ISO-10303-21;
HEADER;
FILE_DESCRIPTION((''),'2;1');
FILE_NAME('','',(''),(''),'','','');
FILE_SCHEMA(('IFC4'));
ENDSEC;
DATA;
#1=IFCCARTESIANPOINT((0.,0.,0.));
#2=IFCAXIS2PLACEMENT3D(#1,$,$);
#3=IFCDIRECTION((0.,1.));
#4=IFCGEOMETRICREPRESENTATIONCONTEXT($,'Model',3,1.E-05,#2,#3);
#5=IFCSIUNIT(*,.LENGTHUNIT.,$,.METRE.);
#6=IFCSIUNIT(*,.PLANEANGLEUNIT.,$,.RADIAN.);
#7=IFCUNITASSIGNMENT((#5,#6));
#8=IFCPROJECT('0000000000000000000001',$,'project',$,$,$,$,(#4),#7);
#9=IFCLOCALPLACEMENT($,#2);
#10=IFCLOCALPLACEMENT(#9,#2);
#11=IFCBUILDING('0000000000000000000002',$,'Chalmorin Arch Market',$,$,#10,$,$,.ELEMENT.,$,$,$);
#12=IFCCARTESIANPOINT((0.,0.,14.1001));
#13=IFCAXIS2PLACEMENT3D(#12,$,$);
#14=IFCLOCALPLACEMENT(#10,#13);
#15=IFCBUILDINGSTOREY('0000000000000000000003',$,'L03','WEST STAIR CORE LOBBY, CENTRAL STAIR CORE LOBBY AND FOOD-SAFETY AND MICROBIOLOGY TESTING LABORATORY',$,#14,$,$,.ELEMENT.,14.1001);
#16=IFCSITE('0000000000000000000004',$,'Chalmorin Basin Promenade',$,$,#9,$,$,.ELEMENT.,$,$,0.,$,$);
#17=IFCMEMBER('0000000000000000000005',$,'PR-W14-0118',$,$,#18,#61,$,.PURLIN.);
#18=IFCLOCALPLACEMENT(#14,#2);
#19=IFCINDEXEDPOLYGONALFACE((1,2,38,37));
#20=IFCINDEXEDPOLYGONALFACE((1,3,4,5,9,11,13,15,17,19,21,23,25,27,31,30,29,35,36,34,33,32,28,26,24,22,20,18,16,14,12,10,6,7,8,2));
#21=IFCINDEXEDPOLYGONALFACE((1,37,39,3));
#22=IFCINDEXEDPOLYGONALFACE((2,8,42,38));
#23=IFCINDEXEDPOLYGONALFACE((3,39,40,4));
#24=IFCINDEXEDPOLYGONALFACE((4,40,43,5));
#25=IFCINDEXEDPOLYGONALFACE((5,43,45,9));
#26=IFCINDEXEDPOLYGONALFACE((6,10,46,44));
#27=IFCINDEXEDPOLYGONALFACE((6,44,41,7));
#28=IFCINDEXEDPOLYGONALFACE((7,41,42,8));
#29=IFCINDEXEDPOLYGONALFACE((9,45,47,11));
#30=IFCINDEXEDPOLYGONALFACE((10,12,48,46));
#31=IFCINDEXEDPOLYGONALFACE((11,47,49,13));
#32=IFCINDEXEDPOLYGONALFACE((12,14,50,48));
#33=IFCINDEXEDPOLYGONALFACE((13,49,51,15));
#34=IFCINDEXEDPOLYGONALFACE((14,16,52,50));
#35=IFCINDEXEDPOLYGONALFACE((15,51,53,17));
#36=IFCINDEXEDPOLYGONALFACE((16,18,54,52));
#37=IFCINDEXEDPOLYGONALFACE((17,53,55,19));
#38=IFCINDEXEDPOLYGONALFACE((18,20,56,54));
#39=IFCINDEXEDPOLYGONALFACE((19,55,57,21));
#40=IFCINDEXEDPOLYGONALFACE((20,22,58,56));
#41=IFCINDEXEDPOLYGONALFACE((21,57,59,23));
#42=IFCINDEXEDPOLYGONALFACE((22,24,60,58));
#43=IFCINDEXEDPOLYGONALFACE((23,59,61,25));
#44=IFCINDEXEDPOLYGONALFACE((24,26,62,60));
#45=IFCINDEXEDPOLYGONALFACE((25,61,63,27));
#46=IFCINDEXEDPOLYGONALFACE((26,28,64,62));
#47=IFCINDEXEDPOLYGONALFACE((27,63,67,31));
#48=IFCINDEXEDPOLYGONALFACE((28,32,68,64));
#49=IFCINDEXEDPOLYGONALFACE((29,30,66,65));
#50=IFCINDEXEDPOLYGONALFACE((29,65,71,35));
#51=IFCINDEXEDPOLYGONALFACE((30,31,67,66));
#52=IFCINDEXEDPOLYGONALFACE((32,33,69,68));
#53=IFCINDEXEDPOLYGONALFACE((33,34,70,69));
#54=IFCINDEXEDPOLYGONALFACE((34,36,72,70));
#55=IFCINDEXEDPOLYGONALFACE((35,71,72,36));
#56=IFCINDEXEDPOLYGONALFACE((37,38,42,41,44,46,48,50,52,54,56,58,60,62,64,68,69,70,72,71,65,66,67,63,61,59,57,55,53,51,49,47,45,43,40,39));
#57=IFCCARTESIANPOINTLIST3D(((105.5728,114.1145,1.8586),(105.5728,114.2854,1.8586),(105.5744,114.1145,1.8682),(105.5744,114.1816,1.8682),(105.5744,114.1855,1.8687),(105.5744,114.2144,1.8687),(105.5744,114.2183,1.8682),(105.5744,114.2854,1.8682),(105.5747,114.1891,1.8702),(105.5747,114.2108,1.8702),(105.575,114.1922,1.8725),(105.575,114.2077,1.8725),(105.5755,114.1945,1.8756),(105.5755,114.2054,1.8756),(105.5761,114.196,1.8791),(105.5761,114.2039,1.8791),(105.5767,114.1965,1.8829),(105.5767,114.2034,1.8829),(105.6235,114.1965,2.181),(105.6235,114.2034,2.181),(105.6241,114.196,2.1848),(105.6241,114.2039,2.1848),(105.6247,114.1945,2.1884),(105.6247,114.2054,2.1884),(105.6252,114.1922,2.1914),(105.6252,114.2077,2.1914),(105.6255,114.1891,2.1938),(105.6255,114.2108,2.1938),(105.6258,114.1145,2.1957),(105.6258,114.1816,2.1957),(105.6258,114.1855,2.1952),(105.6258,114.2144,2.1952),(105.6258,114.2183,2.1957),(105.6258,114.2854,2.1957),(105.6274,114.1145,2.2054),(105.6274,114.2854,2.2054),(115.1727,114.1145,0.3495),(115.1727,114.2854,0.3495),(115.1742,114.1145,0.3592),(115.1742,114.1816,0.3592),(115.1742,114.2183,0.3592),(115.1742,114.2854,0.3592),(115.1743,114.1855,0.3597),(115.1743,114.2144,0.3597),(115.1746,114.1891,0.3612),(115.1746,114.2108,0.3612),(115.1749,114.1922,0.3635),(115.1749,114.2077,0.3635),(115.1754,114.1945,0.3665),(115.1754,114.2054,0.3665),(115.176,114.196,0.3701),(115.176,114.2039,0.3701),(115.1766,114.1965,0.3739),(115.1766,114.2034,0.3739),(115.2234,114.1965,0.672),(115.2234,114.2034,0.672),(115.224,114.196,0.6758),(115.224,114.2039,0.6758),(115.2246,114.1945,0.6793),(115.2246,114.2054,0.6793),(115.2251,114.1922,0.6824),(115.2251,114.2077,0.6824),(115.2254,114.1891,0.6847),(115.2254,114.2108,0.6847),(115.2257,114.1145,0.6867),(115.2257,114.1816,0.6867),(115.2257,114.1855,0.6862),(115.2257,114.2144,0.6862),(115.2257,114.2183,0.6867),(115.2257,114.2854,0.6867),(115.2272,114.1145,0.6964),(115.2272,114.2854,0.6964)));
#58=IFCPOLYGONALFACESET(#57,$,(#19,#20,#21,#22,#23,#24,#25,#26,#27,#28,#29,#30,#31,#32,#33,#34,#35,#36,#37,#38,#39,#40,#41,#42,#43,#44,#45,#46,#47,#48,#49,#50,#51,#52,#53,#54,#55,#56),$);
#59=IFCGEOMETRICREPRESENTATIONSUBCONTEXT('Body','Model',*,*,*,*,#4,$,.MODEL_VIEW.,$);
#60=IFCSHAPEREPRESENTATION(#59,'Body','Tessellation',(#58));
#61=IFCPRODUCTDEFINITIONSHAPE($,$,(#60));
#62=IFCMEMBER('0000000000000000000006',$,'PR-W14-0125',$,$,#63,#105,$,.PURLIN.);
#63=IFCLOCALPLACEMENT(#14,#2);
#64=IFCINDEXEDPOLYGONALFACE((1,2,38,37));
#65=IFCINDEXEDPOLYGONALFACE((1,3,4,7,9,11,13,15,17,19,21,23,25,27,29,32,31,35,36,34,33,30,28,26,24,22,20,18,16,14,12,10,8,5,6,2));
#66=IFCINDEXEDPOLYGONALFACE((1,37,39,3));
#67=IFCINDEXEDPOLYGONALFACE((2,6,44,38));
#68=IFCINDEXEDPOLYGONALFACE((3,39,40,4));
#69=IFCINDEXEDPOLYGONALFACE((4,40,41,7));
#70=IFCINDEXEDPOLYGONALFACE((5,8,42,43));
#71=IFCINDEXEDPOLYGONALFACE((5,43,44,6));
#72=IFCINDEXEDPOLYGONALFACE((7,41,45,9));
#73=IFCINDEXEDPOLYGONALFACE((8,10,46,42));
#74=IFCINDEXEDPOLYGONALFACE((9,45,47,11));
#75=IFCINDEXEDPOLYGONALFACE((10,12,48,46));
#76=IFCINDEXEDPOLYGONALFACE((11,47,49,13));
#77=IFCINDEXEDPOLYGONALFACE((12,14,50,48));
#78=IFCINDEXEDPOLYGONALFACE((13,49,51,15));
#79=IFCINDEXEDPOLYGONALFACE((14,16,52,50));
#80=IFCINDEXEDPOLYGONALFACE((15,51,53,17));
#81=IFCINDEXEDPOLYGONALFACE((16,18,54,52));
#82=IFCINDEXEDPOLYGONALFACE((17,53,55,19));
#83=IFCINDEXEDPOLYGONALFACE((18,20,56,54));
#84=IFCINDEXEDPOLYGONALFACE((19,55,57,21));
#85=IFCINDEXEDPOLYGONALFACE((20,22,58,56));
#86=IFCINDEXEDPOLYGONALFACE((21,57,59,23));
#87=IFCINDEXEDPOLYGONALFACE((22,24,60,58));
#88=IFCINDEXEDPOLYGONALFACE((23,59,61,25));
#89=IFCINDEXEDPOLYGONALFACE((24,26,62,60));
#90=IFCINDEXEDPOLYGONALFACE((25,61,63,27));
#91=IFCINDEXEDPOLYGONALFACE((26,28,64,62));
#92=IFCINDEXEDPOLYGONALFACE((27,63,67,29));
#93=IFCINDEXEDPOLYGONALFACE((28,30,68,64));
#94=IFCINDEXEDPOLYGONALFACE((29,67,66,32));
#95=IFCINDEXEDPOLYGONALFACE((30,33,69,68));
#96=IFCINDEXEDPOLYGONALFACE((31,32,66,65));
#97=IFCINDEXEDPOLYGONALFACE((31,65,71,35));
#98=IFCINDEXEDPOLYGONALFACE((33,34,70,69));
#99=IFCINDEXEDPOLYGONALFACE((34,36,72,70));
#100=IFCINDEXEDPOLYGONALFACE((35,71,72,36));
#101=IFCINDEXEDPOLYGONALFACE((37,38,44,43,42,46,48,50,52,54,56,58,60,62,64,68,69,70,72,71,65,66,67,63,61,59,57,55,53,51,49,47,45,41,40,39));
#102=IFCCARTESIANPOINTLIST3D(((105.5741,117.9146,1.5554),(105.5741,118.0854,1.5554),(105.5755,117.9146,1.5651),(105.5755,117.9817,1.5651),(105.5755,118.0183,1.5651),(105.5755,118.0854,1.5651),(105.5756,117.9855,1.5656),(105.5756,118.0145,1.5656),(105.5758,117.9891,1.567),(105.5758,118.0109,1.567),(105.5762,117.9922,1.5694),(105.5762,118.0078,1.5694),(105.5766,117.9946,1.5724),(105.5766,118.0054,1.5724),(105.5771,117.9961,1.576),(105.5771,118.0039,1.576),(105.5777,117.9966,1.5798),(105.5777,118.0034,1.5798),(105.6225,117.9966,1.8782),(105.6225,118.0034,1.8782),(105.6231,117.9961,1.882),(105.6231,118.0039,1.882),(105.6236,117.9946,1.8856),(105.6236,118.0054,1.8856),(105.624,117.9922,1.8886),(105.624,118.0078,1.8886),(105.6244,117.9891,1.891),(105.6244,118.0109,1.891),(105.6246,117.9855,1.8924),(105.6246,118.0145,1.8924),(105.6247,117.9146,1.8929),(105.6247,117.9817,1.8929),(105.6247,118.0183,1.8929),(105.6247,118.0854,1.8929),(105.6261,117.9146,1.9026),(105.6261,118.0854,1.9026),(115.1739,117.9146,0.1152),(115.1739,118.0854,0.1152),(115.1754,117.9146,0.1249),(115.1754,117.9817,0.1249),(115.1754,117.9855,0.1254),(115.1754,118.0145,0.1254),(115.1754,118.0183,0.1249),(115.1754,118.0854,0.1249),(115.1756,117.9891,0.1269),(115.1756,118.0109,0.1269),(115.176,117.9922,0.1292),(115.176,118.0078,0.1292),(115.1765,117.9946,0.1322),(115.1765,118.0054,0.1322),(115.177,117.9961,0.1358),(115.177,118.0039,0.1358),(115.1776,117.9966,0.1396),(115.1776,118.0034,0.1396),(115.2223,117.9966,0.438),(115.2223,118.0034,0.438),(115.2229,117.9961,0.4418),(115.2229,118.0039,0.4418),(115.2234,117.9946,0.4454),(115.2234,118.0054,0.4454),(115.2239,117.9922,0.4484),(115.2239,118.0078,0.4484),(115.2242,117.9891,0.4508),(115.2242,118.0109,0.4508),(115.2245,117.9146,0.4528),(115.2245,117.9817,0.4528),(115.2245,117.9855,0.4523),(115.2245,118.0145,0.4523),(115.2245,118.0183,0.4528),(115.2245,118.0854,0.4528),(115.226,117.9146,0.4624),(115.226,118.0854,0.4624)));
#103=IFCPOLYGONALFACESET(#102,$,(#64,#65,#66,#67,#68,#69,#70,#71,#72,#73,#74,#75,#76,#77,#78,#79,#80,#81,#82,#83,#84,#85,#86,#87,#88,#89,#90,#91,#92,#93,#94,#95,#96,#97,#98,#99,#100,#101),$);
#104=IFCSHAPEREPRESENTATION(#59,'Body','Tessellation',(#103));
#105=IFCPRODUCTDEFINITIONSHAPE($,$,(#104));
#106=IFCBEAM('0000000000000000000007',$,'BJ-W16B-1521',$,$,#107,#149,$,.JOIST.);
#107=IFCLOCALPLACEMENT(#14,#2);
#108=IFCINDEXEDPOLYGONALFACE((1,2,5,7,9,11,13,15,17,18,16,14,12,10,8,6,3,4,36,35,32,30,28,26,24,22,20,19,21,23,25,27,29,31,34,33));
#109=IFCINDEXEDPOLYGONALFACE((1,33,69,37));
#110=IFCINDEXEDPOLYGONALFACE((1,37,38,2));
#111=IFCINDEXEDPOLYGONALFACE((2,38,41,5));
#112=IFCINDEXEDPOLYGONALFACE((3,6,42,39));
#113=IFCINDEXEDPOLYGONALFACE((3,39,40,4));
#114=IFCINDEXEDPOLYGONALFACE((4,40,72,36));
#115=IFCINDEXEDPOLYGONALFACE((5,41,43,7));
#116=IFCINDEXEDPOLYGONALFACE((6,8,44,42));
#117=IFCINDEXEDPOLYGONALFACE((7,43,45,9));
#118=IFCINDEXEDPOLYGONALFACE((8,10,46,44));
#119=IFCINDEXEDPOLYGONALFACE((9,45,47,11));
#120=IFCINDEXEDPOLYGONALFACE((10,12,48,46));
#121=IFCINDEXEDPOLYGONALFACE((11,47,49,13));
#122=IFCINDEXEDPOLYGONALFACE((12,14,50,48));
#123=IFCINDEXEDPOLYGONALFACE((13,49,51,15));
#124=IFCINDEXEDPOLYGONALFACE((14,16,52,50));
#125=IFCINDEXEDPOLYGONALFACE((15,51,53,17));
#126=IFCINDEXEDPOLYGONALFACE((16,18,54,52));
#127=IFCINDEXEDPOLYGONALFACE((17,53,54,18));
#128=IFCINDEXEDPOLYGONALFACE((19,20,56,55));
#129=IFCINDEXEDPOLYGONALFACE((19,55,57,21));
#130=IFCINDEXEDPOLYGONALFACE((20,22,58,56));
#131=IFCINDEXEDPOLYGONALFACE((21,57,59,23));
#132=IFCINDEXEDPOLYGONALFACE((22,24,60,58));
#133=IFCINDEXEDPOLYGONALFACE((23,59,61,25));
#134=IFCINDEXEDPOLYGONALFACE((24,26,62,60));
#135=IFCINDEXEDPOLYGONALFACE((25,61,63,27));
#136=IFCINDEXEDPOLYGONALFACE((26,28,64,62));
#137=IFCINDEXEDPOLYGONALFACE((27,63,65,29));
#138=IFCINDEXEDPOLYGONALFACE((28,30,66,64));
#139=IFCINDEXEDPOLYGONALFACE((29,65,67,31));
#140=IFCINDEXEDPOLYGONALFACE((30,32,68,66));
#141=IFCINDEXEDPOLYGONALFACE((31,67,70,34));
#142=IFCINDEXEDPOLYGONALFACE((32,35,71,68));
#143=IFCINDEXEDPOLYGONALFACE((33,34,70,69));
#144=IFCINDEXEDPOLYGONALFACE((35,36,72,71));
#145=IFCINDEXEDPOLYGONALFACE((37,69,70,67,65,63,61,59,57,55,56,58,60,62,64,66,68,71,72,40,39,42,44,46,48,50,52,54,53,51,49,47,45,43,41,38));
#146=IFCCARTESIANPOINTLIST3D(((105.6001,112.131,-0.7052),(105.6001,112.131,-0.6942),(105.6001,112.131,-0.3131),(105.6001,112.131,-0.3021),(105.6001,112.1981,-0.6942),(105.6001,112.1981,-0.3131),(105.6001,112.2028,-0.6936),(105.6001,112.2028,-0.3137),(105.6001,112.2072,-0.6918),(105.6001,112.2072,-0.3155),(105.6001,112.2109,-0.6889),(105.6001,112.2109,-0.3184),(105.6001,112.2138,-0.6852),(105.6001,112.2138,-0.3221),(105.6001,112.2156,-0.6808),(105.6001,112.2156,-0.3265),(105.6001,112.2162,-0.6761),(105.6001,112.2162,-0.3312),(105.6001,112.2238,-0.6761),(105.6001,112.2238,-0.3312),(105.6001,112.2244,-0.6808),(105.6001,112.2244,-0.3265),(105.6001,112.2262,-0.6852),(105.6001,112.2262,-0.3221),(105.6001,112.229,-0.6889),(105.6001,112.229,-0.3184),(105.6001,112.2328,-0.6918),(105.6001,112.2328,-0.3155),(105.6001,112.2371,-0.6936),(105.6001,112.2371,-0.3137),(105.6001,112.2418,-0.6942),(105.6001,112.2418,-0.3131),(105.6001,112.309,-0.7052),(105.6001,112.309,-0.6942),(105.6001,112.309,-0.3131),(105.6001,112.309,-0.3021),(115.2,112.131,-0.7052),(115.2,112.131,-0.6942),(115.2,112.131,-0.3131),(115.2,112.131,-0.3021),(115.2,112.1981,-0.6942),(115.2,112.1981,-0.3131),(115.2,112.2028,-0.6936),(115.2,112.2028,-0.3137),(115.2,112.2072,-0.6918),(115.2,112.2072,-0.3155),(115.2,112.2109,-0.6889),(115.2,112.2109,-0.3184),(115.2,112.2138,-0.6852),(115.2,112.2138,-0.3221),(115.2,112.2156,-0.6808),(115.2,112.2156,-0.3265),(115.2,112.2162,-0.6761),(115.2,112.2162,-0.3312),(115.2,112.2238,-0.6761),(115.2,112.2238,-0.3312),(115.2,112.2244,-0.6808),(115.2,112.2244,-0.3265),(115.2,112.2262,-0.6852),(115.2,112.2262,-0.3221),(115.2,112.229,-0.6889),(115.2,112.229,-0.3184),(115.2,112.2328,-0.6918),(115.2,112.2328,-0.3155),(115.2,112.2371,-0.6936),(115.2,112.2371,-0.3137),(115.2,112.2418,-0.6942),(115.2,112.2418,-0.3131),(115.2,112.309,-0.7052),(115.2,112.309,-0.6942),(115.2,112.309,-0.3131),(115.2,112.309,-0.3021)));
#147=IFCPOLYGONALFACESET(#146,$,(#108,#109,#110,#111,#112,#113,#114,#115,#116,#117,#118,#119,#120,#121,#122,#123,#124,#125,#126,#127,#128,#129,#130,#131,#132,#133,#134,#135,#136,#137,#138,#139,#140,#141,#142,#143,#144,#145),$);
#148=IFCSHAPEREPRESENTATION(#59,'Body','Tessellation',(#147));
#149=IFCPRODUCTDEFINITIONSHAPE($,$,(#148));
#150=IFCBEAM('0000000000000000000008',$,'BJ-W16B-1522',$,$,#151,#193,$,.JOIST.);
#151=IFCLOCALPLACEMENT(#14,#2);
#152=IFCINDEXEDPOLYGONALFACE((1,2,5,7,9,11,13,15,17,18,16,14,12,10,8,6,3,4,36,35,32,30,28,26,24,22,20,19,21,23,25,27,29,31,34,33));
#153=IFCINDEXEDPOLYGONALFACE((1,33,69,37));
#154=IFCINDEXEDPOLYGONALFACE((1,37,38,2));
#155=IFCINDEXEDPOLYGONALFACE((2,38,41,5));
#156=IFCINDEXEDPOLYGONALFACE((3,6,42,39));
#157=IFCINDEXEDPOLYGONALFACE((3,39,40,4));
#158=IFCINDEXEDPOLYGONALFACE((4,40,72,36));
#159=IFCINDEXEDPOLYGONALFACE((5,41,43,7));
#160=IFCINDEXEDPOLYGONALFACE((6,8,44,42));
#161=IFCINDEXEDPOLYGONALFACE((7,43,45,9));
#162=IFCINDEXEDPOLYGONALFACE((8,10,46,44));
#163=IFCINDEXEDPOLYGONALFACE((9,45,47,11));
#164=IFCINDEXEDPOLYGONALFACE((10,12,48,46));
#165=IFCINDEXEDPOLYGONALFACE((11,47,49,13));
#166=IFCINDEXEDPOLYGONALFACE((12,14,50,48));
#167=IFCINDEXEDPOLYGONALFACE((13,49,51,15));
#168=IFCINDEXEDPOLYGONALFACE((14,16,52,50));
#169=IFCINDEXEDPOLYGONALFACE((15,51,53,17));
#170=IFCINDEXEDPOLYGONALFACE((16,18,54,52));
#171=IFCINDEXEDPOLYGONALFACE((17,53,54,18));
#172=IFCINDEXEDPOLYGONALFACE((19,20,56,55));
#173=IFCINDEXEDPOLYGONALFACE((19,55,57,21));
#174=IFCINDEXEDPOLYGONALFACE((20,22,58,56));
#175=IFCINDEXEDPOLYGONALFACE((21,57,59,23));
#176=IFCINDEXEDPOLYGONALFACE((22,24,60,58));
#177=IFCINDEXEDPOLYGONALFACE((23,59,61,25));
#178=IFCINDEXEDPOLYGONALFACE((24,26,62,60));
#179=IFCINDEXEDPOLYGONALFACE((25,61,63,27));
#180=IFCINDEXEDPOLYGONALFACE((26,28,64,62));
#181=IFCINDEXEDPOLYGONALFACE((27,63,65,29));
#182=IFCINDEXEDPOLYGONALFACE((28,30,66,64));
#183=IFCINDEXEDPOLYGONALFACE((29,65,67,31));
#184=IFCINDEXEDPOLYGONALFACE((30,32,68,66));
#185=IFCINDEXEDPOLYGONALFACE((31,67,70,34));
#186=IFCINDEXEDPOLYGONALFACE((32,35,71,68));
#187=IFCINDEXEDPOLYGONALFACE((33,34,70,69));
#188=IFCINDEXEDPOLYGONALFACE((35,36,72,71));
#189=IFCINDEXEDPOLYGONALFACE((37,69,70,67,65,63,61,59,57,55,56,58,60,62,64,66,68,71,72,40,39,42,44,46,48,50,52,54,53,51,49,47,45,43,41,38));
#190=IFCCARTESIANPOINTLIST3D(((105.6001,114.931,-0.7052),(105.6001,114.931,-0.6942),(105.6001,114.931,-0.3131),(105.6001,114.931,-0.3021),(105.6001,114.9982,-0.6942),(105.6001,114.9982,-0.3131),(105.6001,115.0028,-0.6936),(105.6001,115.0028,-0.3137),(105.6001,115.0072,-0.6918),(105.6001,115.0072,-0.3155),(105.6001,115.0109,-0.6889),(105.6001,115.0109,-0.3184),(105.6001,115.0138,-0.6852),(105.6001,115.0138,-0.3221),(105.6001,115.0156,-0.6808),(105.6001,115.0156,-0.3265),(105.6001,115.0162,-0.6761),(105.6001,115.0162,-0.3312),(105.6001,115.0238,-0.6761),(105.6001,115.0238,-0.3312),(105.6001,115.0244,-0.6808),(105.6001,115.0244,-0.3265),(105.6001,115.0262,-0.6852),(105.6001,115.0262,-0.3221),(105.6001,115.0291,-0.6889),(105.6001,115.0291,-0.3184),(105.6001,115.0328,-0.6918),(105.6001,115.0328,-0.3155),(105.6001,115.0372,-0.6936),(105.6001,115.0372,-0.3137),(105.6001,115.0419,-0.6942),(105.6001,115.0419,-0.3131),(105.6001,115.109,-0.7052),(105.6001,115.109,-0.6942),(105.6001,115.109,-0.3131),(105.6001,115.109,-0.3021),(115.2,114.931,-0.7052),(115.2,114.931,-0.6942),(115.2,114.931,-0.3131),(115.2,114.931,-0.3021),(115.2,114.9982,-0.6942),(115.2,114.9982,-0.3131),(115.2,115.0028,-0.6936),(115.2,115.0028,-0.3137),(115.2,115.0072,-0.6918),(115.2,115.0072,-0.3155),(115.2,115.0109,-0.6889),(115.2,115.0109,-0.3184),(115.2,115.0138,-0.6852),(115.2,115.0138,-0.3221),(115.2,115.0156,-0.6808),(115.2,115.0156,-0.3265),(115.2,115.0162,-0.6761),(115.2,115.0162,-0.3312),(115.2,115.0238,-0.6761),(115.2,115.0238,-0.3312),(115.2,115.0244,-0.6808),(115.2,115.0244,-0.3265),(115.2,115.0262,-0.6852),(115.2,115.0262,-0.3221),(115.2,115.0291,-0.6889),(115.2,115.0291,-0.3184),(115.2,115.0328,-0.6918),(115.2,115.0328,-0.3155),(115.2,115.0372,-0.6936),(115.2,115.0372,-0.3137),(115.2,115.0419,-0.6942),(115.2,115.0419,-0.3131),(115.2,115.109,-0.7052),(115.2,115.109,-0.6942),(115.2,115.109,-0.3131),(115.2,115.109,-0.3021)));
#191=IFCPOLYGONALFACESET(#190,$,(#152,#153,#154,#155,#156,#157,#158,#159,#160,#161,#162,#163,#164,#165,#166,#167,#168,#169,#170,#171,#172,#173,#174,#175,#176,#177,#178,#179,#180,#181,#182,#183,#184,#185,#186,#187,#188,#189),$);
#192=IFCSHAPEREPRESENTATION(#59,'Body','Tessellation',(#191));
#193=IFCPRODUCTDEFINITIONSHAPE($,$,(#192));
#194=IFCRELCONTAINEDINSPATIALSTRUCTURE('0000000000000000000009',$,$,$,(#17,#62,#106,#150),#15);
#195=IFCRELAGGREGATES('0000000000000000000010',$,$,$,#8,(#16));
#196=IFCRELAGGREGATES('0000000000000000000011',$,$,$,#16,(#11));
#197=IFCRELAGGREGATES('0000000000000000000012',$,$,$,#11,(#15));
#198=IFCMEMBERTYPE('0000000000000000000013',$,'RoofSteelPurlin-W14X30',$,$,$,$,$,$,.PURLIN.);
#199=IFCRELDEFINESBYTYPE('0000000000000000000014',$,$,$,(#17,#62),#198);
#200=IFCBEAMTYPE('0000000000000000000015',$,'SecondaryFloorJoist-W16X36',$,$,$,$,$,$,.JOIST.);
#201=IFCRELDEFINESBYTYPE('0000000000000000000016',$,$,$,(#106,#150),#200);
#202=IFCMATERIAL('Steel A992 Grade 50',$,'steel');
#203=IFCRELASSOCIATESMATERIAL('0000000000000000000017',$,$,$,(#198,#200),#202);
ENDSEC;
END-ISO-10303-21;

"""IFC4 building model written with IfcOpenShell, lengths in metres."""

from ifc_helpers import new_model, si_unit, direction, frame, origin, origin_2d, place, context, subcontext, project, spatial, i_section, extrude, material, material_profile, profile_set, type_object, element, save


model = new_model("IFC4")

# Units and contexts
model_context = context("Model", 3, precision=1e-05, world=origin(), true_north=direction((0.0, 1.0)))
body_context = subcontext(model_context, "Body", "Model", "MODEL_VIEW")
ifc_project = project(units=[si_unit("LENGTHUNIT", "METRE"), si_unit("PLANEANGLEUNIT", "RADIAN")], contexts=[model_context])

# Site, building, storey
site_placement = place(None, origin())
site = spatial("IfcSite", under=ifc_project, at=site_placement, Name="Chalmorin Basin Promenade", CompositionType="ELEMENT", RefElevation=0.0)
building_placement = place(site_placement, origin())
building = spatial("IfcBuilding", under=site, at=building_placement, Name="Chalmorin Arch Market", CompositionType="ELEMENT")
storey_placement = place(building_placement, frame((0.0, 0.0, 14.1001)))
storey = spatial("IfcBuildingStorey", under=building, at=storey_placement, Name="L03", Description="WEST STAIR CORE LOBBY, CENTRAL STAIR CORE LOBBY AND FOOD-SAFETY AND MICROBIOLOGY TESTING LABORATORY", CompositionType="ELEMENT", Elevation=14.1001)

# Shared definitions
ifc_material_1 = material(Name="Steel A992 Grade 50", Category="steel")

# Members
ifc_material_profile_1 = material_profile(ifc_material_1, i_section(OverallWidth=0.1709, OverallDepth=0.3511, WebThickness=0.0068, FlangeThickness=0.0098, FilletRadius=0.0149, at=origin_2d()), Name="W14X30")
ifc_profile_set_1 = profile_set([ifc_material_profile_1], Name="Steel A992 Grade 50")
member_type_1 = type_object("IfcMemberType", Name="RoofSteelPurlin-W14X30", PredefinedType="PURLIN", material=ifc_profile_set_1)
member_1_placement = place(storey_placement, frame((105.6001, 114.2, 2.032), z_axis=(0.987869, 0.0, -0.155287), x_axis=(0.0, 1.0, 0.0)))
element("IfcMember", 1, at=member_1_placement, inside=storey, type_object=member_type_1, Name="PR-W14-0118", PredefinedType="PURLIN", context=body_context, shape_type="SweptSolid", body=[
    extrude(i_section(OverallWidth=0.1709, OverallDepth=0.3511, WebThickness=0.0068, FlangeThickness=0.0098, FilletRadius=0.0149, at=origin_2d()), origin(), (0.0, 0.0, 1.0), 9.7178),
])
member_2_placement = place(storey_placement, frame((105.6001, 118.0, 1.729), z_axis=(0.988933, 0.0, -0.148361), x_axis=(0.0, 1.0, 0.0)))
element("IfcMember", 2, at=member_2_placement, inside=storey, type_object=member_type_1, Name="PR-W14-0125", PredefinedType="PURLIN", context=body_context, shape_type="SweptSolid", body=[
    extrude(i_section(OverallWidth=0.1709, OverallDepth=0.3511, WebThickness=0.0068, FlangeThickness=0.0098, FilletRadius=0.0149, at=origin_2d()), origin(), (0.0, 0.0, 1.0), 9.7073),
])

# Beams
ifc_material_profile_2 = material_profile(ifc_material_1, i_section(OverallWidth=0.178, OverallDepth=0.4031, WebThickness=0.0076, FlangeThickness=0.011, FilletRadius=0.0181, at=origin_2d()), Name="W16X36")
ifc_profile_set_2 = profile_set([ifc_material_profile_2], Name="Steel A992 Grade 50")
beam_type_1 = type_object("IfcBeamType", Name="SecondaryFloorJoist-W16X36", PredefinedType="JOIST", material=ifc_profile_set_2)
for number, where, z_axis, x_axis, name in (
    (3, (105.6001, 112.22, -0.5037), (1.0, 0.0, 0.0), (0.0, 1.0, 0.0), "BJ-W16B-1521"),
    (4, (105.6001, 115.02, -0.5037), (1.0, 0.0, 0.0), (0.0, 1.0, 0.0), "BJ-W16B-1522"),
):
    element("IfcBeam", number, at=place(storey_placement, frame(where, z_axis=z_axis, x_axis=x_axis)), inside=storey, type_object=beam_type_1, Name=name, PredefinedType="JOIST", context=body_context, shape_type="SweptSolid", body=[
        extrude(i_section(OverallWidth=0.178, OverallDepth=0.4031, WebThickness=0.0076, FlangeThickness=0.011, FilletRadius=0.0181, at=origin_2d()), origin(), (0.0, 0.0, 1.0), 9.5999),
    ])

save(model, "model.ifc")
